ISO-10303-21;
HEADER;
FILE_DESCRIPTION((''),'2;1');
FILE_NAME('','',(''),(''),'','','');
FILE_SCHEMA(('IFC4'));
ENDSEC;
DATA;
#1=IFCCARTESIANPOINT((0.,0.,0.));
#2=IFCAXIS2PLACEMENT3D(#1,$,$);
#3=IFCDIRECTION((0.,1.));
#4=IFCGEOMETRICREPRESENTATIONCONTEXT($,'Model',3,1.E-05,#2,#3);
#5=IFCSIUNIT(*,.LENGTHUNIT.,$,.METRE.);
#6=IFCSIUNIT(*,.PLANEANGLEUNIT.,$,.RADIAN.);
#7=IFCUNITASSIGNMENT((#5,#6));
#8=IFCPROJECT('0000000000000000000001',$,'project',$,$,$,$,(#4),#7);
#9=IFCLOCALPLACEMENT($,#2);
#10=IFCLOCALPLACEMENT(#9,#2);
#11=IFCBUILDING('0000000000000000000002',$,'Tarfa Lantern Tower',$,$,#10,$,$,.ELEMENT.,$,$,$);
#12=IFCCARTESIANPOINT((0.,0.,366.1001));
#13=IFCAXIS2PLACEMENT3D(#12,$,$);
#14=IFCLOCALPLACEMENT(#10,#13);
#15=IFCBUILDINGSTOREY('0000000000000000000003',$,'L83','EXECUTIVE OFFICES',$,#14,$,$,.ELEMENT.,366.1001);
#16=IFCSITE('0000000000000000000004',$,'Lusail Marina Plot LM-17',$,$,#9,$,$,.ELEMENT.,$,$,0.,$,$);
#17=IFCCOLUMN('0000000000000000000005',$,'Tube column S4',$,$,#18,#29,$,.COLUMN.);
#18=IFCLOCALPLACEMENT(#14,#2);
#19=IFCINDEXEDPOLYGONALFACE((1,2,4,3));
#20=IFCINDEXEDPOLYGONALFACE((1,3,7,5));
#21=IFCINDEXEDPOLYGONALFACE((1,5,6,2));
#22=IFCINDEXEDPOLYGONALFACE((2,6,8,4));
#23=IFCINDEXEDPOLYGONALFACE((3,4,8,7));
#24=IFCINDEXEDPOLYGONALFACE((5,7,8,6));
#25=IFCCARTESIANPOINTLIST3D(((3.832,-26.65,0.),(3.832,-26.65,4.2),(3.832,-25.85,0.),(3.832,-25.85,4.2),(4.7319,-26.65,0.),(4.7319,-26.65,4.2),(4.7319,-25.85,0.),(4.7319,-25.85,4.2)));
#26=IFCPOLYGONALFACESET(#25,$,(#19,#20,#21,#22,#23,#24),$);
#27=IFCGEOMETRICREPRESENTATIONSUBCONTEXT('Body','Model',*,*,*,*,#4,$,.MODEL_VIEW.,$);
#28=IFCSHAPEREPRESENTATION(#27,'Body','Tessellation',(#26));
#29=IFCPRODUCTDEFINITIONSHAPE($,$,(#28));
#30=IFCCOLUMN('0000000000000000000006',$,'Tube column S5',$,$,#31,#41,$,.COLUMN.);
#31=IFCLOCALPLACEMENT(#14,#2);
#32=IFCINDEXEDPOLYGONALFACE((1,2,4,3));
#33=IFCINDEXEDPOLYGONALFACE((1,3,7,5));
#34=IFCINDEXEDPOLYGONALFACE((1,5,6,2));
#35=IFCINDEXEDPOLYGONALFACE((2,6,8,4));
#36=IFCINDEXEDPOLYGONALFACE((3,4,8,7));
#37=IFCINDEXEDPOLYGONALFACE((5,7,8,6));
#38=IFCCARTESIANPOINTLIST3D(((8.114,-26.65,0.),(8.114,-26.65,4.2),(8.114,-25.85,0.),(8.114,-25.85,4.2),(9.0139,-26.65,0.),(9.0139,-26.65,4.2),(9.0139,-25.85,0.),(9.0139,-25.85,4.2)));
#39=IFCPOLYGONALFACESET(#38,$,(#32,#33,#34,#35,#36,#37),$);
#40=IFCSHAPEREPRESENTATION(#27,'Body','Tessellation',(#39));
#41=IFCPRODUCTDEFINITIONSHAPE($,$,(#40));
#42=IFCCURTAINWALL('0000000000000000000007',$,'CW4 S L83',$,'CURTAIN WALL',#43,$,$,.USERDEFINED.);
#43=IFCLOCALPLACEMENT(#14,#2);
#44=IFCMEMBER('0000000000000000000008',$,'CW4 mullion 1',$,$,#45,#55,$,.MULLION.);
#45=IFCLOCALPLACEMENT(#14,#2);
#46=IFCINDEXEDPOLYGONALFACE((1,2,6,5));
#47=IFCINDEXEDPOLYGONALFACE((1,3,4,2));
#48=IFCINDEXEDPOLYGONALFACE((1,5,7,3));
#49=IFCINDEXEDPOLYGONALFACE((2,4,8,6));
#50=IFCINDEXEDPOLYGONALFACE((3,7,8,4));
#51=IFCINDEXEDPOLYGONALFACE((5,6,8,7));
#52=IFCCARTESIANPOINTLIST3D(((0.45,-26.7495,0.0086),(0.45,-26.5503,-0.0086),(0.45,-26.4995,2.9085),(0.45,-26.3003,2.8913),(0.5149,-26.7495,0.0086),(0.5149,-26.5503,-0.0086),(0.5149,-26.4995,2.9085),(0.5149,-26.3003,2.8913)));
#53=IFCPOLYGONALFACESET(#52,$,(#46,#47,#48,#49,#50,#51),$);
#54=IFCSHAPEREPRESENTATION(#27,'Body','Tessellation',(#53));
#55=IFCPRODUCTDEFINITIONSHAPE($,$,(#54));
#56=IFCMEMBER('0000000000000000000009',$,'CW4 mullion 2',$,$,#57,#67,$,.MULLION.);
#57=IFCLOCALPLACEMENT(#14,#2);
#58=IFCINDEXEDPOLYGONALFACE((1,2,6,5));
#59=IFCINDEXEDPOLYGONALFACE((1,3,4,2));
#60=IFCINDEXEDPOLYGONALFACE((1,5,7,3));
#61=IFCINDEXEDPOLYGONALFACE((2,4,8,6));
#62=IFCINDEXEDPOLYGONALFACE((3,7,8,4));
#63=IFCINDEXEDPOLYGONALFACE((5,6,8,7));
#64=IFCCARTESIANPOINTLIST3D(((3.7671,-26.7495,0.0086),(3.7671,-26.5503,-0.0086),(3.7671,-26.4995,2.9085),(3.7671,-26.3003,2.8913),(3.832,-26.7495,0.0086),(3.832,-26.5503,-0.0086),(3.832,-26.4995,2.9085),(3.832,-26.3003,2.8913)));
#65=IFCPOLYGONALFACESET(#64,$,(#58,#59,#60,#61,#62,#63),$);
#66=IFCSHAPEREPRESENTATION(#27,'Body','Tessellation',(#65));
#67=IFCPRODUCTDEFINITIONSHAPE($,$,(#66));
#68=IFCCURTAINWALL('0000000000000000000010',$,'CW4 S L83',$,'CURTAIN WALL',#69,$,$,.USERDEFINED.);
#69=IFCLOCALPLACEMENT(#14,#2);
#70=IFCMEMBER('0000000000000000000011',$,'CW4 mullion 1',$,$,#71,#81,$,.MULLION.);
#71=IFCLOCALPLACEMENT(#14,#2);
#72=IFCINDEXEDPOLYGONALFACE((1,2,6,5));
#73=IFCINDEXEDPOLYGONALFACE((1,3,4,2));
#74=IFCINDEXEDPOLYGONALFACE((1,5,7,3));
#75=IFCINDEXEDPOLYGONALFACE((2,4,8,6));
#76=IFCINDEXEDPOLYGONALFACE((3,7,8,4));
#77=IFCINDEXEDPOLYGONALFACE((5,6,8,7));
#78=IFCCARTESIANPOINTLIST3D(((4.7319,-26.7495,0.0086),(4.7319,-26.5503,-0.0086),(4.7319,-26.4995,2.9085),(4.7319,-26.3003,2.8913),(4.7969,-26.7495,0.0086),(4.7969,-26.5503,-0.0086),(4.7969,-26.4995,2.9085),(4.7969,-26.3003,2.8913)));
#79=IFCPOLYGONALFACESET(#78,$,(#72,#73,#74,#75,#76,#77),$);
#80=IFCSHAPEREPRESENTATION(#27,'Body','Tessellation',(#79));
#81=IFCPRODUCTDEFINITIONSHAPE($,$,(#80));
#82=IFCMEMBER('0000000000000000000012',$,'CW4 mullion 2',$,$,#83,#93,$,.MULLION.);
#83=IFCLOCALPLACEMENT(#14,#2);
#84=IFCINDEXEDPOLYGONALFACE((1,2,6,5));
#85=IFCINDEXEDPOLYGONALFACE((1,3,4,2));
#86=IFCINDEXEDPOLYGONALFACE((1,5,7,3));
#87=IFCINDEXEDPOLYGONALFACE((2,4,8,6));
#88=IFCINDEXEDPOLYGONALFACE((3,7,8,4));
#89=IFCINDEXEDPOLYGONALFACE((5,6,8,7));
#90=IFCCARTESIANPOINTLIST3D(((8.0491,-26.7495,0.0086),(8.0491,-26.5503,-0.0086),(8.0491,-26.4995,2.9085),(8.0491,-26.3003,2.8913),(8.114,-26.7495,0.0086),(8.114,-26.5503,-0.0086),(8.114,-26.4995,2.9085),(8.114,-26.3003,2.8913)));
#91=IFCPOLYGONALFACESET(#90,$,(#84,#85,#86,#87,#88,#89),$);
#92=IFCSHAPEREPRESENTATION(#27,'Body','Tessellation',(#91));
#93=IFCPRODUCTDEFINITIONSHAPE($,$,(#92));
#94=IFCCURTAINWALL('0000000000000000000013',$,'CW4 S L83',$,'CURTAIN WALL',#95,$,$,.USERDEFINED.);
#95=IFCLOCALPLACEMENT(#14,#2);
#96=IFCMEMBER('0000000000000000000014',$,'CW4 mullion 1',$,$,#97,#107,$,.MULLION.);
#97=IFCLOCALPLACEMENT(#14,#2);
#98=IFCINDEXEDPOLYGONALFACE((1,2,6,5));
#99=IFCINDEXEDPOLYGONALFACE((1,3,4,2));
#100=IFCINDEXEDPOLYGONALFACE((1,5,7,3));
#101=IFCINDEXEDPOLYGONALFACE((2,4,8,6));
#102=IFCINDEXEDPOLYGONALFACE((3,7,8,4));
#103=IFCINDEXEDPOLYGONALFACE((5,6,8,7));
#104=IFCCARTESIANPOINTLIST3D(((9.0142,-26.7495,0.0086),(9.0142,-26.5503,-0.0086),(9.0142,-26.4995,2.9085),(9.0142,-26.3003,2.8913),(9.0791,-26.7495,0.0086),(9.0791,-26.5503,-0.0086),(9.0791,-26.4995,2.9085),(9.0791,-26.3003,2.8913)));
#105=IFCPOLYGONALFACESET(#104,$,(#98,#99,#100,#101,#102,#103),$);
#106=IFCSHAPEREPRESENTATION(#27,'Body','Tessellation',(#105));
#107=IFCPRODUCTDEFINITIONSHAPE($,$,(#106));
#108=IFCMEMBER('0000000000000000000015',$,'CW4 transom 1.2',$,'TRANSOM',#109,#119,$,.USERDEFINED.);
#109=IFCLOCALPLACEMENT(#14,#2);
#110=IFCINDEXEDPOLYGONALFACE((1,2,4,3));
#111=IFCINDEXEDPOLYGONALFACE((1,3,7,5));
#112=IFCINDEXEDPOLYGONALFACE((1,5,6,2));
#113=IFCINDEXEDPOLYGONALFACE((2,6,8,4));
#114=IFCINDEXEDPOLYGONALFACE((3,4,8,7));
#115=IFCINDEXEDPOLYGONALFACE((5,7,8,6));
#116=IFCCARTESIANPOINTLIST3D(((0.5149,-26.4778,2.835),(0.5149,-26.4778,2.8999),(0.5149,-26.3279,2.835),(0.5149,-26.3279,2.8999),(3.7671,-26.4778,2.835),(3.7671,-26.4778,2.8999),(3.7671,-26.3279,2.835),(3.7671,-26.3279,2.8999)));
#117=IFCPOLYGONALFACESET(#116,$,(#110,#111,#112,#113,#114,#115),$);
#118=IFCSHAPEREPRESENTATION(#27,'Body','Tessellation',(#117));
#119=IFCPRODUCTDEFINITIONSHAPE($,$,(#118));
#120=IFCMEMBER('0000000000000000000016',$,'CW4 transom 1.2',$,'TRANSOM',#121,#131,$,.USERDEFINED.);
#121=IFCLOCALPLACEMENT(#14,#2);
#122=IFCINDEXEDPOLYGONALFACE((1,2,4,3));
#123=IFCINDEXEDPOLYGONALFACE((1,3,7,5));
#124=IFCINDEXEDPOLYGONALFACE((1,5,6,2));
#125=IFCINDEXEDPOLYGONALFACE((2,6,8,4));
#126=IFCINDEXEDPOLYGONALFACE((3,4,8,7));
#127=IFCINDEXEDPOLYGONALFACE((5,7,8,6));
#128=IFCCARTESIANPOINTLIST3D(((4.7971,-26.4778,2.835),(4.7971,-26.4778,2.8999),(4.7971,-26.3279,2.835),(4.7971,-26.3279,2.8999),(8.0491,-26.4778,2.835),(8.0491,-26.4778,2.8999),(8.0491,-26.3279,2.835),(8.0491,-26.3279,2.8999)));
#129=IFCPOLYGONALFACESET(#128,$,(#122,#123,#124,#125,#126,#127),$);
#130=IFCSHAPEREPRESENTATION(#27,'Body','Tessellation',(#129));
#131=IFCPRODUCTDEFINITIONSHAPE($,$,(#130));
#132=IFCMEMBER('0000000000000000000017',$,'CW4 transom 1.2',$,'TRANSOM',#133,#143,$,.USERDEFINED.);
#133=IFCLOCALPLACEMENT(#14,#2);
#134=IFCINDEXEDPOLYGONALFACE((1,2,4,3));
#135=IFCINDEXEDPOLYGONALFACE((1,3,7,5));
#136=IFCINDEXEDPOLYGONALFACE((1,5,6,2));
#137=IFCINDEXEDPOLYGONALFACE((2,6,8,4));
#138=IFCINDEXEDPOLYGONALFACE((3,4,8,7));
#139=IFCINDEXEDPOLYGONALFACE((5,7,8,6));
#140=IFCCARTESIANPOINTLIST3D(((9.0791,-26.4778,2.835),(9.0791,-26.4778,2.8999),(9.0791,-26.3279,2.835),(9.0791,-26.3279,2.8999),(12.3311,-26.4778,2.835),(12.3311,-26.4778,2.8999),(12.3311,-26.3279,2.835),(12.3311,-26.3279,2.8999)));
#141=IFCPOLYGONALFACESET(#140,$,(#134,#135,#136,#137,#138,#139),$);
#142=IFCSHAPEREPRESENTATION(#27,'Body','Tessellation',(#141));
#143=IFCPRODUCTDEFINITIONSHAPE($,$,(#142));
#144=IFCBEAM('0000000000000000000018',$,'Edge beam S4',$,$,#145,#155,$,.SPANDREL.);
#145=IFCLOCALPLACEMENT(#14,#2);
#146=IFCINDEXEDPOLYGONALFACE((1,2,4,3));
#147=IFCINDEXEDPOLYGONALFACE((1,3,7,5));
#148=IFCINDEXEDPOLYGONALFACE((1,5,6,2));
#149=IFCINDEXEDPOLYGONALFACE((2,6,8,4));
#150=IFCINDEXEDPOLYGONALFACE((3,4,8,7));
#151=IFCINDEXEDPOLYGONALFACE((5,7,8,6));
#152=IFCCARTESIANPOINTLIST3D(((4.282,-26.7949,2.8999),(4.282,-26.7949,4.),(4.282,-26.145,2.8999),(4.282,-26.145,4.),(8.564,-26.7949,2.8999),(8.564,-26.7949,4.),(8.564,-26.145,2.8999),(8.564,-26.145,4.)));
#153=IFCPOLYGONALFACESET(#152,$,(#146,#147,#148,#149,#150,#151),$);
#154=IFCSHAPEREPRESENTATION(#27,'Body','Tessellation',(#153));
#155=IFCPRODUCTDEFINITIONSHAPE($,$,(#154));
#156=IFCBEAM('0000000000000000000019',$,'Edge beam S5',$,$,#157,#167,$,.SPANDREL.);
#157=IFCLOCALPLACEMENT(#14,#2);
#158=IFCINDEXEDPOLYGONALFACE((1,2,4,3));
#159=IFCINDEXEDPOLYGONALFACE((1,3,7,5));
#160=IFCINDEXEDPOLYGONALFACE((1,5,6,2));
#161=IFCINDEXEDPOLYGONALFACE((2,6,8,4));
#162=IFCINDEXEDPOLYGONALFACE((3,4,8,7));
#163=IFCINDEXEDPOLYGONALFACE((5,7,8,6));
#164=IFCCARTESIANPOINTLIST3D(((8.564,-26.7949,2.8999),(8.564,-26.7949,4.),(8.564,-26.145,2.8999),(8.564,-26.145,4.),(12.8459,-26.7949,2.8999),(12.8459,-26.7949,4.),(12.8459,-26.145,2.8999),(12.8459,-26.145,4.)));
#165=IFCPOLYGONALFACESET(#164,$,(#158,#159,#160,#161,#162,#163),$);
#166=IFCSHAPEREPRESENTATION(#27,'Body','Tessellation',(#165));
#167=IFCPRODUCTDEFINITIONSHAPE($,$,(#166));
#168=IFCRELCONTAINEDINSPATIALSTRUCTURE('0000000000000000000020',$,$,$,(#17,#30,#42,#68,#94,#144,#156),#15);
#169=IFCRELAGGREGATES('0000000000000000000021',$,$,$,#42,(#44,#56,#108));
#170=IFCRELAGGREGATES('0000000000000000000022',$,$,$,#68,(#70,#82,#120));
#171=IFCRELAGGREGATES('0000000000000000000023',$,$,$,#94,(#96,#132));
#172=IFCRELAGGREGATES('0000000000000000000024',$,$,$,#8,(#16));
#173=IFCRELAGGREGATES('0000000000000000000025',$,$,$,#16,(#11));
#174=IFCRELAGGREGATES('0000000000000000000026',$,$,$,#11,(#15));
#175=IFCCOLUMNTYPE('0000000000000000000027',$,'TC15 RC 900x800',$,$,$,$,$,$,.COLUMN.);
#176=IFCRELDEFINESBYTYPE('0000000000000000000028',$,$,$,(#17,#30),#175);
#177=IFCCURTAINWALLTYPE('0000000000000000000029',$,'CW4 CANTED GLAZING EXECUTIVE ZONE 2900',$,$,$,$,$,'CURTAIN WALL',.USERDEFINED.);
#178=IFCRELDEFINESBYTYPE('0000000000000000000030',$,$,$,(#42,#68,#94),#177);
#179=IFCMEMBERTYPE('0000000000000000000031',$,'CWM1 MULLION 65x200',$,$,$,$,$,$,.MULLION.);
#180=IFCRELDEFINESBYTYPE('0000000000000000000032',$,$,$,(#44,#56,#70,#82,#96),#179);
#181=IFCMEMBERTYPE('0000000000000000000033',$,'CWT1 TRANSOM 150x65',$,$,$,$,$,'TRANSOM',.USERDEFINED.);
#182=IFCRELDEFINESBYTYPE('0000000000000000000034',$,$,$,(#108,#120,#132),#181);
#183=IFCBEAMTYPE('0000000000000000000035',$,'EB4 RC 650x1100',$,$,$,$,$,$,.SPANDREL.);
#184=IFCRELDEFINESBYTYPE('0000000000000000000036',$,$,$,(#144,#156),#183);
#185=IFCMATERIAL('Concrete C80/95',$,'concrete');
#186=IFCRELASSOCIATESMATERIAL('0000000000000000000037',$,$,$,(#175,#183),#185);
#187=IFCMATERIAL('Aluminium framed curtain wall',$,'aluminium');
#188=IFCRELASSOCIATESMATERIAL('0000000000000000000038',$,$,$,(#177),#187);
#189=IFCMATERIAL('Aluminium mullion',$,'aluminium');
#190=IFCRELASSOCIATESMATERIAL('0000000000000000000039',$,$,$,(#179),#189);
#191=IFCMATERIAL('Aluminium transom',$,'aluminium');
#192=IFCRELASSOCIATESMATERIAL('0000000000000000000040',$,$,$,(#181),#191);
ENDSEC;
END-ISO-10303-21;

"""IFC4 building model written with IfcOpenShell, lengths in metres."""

from ifc_helpers import new_model, si_unit, direction, frame, origin, origin_2d, place, context, subcontext, project, spatial, rectangle, extrude, material, material_profile, profile_set, type_object, element, aggregate, save


model = new_model("IFC4")

# Units and contexts
model_context = context("Model", 3, precision=1e-05, world=origin(), true_north=direction((0.0, 1.0)))
body_context = subcontext(model_context, "Body", "Model", "MODEL_VIEW")
ifc_project = project(units=[si_unit("LENGTHUNIT", "METRE"), si_unit("PLANEANGLEUNIT", "RADIAN")], contexts=[model_context])

# Site, building, storey
site_placement = place(None, origin())
site = spatial("IfcSite", under=ifc_project, at=site_placement, Name="Lusail Marina Plot LM-17", CompositionType="ELEMENT", RefElevation=0.0)
building_placement = place(site_placement, origin())
building = spatial("IfcBuilding", under=site, at=building_placement, Name="Tarfa Lantern Tower", CompositionType="ELEMENT")
storey_placement = place(building_placement, frame((0.0, 0.0, 366.1001)))
storey = spatial("IfcBuildingStorey", under=building, at=storey_placement, Name="L83", Description="EXECUTIVE OFFICES", CompositionType="ELEMENT", Elevation=366.1001)

# Columns
ifc_material_1 = material(Name="Concrete C80/95", Category="concrete")
ifc_material_profile_1 = material_profile(ifc_material_1, rectangle(XDim=0.8999, YDim=0.8, at=origin_2d()), Name="RC 900x800")
ifc_profile_set_1 = profile_set([ifc_material_profile_1], Name="Concrete C80/95")
column_type = type_object("IfcColumnType", Name="TC15 RC 900x800", PredefinedType="COLUMN", material=ifc_profile_set_1)
for number, where, z_axis, x_axis, name in (
    (1, (4.282, -26.25, 0.0), (0.0, 0.0, 1.0), (1.0, 0.0, 0.0), "Tube column S4"),
    (2, (8.564, -26.25, 0.0), (0.0, 0.0, 1.0), (1.0, 0.0, 0.0), "Tube column S5"),
):
    element("IfcColumn", number, at=place(storey_placement, frame(where, z_axis=z_axis, x_axis=x_axis)), inside=storey, type_object=column_type, Name=name, PredefinedType="COLUMN", context=body_context, shape_type="SweptSolid", body=[
        extrude(rectangle(XDim=0.8999, YDim=0.8, at=origin_2d()), origin(), (0.0, 0.0, 1.0), 4.2),
    ])

# Curtain walls, members
ifc_material_2 = material(Name="Aluminium framed curtain wall", Category="aluminium")
curtain_wall_type = type_object("IfcCurtainWallType", Name="CW4 CANTED GLAZING EXECUTIVE ZONE 2900", ElementType="CURTAIN WALL", PredefinedType="USERDEFINED", material=ifc_material_2)
curtain_wall_1_placement = place(storey_placement, origin())
curtain_wall_1 = element("IfcCurtainWall", 3, at=curtain_wall_1_placement, inside=storey, type_object=curtain_wall_type, Name="CW4 S L83", ObjectType="CURTAIN WALL", PredefinedType="USERDEFINED")
ifc_material_3 = material(Name="Aluminium mullion", Category="aluminium")
ifc_material_profile_2 = material_profile(ifc_material_3, rectangle(XDim=0.0649, YDim=0.2, at=origin_2d()), Name="AL MULLION 65x200")
ifc_profile_set_2 = profile_set([ifc_material_profile_2], Name="Aluminium mullion")
member_type_1 = type_object("IfcMemberType", Name="CWM1 MULLION 65x200", PredefinedType="MULLION", material=ifc_profile_set_2)
member_1_placement = place(storey_placement, frame((0.4824, -26.6499, 0.0), z_axis=(0.0, 0.085891, 0.996305), x_axis=(-1.0, 0.0, 0.0)))
member_1 = element("IfcMember", 4, at=member_1_placement, type_object=member_type_1, Name="CW4 mullion 1", PredefinedType="MULLION", context=body_context, shape_type="SweptSolid", body=[
    extrude(rectangle(XDim=0.0649, YDim=0.2, at=origin_2d()), origin(), (0.0, 0.0, 1.0), 2.9106),
])
member_2_placement = place(storey_placement, frame((3.7996, -26.6499, 0.0), z_axis=(0.0, 0.085891, 0.996305), x_axis=(-1.0, 0.0, 0.0)))
member_2 = element("IfcMember", 5, at=member_2_placement, type_object=member_type_1, Name="CW4 mullion 2", PredefinedType="MULLION", context=body_context, shape_type="SweptSolid", body=[
    extrude(rectangle(XDim=0.0649, YDim=0.2, at=origin_2d()), origin(), (0.0, 0.0, 1.0), 2.9106),
])
curtain_wall_2_placement = place(storey_placement, origin())
curtain_wall_2 = element("IfcCurtainWall", 6, at=curtain_wall_2_placement, inside=storey, type_object=curtain_wall_type, Name="CW4 S L83", ObjectType="CURTAIN WALL", PredefinedType="USERDEFINED")
member_3_placement = place(storey_placement, frame((4.7644, -26.6499, 0.0), z_axis=(0.0, 0.085891, 0.996305), x_axis=(-1.0, 0.0, 0.0)))
member_3 = element("IfcMember", 7, at=member_3_placement, type_object=member_type_1, Name="CW4 mullion 1", PredefinedType="MULLION", context=body_context, shape_type="SweptSolid", body=[
    extrude(rectangle(XDim=0.0649, YDim=0.2, at=origin_2d()), origin(), (0.0, 0.0, 1.0), 2.9106),
])
member_4_placement = place(storey_placement, frame((8.0815, -26.6499, 0.0), z_axis=(0.0, 0.085891, 0.996305), x_axis=(-1.0, 0.0, 0.0)))
member_4 = element("IfcMember", 8, at=member_4_placement, type_object=member_type_1, Name="CW4 mullion 2", PredefinedType="MULLION", context=body_context, shape_type="SweptSolid", body=[
    extrude(rectangle(XDim=0.0649, YDim=0.2, at=origin_2d()), origin(), (0.0, 0.0, 1.0), 2.9106),
])

# Curtain wall, member
curtain_wall_3_placement = place(storey_placement, origin())
curtain_wall_3 = element("IfcCurtainWall", 9, at=curtain_wall_3_placement, inside=storey, type_object=curtain_wall_type, Name="CW4 S L83", ObjectType="CURTAIN WALL", PredefinedType="USERDEFINED")
member_5_placement = place(storey_placement, frame((9.0466, -26.6499, 0.0), z_axis=(0.0, 0.085891, 0.996305), x_axis=(-1.0, 0.0, 0.0)))
member_5 = element("IfcMember", 10, at=member_5_placement, type_object=member_type_1, Name="CW4 mullion 1", PredefinedType="MULLION", context=body_context, shape_type="SweptSolid", body=[
    extrude(rectangle(XDim=0.0649, YDim=0.2, at=origin_2d()), origin(), (0.0, 0.0, 1.0), 2.9106),
])

# Members
ifc_material_4 = material(Name="Aluminium transom", Category="aluminium")
ifc_material_profile_3 = material_profile(ifc_material_4, rectangle(XDim=0.1499, YDim=0.0649, at=origin_2d()), Name="AL TRANSOM 150x65")
ifc_profile_set_3 = profile_set([ifc_material_profile_3], Name="Aluminium transom")
member_type_2 = type_object("IfcMemberType", Name="CWT1 TRANSOM 150x65", ElementType="TRANSOM", PredefinedType="USERDEFINED", material=ifc_profile_set_3)
member_6_placement = place(storey_placement, frame((0.5149, -26.4028, 2.8674), z_axis=(1.0, 0.0, 0.0), x_axis=(0.0, 1.0, 0.0)))
member_6 = element("IfcMember", 11, at=member_6_placement, type_object=member_type_2, Name="CW4 transom 1.2", ObjectType="TRANSOM", PredefinedType="USERDEFINED", context=body_context, shape_type="SweptSolid", body=[
    extrude(rectangle(XDim=0.1499, YDim=0.0649, at=origin_2d()), origin(), (0.0, 0.0, 1.0), 3.2522),
])
member_7_placement = place(storey_placement, frame((4.7971, -26.4028, 2.8674), z_axis=(1.0, 0.0, 0.0), x_axis=(0.0, 1.0, 0.0)))
member_7 = element("IfcMember", 12, at=member_7_placement, type_object=member_type_2, Name="CW4 transom 1.2", ObjectType="TRANSOM", PredefinedType="USERDEFINED", context=body_context, shape_type="SweptSolid", body=[
    extrude(rectangle(XDim=0.1499, YDim=0.0649, at=origin_2d()), origin(), (0.0, 0.0, 1.0), 3.252),
])
member_8_placement = place(storey_placement, frame((9.0791, -26.4028, 2.8674), z_axis=(1.0, 0.0, 0.0), x_axis=(0.0, 1.0, 0.0)))
member_8 = element("IfcMember", 13, at=member_8_placement, type_object=member_type_2, Name="CW4 transom 1.2", ObjectType="TRANSOM", PredefinedType="USERDEFINED", context=body_context, shape_type="SweptSolid", body=[
    extrude(rectangle(XDim=0.1499, YDim=0.0649, at=origin_2d()), origin(), (0.0, 0.0, 1.0), 3.252),
])

# Beams
ifc_material_profile_4 = material_profile(ifc_material_1, rectangle(XDim=0.6499, YDim=1.1001, at=origin_2d()), Name="RC 650x1100")
ifc_profile_set_4 = profile_set([ifc_material_profile_4], Name="Concrete C80/95")
beam_type_1 = type_object("IfcBeamType", Name="EB4 RC 650x1100", PredefinedType="SPANDREL", material=ifc_profile_set_4)
for number, where, z_axis, x_axis, name in (
    (14, (4.282, -26.47, 3.45), (1.0, 0.0, 0.0), (0.0, 1.0, 0.0), "Edge beam S4"),
    (15, (8.564, -26.47, 3.45), (1.0, 0.0, 0.0), (0.0, 1.0, 0.0), "Edge beam S5"),
):
    element("IfcBeam", number, at=place(storey_placement, frame(where, z_axis=z_axis, x_axis=x_axis)), inside=storey, type_object=beam_type_1, Name=name, PredefinedType="SPANDREL", context=body_context, shape_type="SweptSolid", body=[
        extrude(rectangle(XDim=0.6499, YDim=1.1001, at=origin_2d()), origin(), (0.0, 0.0, 1.0), 4.282),
    ])

aggregate(curtain_wall_1, [member_1, member_2, member_6])
aggregate(curtain_wall_2, [member_3, member_4, member_7])
aggregate(curtain_wall_3, [member_5, member_8])

save(model, "model.ifc")
